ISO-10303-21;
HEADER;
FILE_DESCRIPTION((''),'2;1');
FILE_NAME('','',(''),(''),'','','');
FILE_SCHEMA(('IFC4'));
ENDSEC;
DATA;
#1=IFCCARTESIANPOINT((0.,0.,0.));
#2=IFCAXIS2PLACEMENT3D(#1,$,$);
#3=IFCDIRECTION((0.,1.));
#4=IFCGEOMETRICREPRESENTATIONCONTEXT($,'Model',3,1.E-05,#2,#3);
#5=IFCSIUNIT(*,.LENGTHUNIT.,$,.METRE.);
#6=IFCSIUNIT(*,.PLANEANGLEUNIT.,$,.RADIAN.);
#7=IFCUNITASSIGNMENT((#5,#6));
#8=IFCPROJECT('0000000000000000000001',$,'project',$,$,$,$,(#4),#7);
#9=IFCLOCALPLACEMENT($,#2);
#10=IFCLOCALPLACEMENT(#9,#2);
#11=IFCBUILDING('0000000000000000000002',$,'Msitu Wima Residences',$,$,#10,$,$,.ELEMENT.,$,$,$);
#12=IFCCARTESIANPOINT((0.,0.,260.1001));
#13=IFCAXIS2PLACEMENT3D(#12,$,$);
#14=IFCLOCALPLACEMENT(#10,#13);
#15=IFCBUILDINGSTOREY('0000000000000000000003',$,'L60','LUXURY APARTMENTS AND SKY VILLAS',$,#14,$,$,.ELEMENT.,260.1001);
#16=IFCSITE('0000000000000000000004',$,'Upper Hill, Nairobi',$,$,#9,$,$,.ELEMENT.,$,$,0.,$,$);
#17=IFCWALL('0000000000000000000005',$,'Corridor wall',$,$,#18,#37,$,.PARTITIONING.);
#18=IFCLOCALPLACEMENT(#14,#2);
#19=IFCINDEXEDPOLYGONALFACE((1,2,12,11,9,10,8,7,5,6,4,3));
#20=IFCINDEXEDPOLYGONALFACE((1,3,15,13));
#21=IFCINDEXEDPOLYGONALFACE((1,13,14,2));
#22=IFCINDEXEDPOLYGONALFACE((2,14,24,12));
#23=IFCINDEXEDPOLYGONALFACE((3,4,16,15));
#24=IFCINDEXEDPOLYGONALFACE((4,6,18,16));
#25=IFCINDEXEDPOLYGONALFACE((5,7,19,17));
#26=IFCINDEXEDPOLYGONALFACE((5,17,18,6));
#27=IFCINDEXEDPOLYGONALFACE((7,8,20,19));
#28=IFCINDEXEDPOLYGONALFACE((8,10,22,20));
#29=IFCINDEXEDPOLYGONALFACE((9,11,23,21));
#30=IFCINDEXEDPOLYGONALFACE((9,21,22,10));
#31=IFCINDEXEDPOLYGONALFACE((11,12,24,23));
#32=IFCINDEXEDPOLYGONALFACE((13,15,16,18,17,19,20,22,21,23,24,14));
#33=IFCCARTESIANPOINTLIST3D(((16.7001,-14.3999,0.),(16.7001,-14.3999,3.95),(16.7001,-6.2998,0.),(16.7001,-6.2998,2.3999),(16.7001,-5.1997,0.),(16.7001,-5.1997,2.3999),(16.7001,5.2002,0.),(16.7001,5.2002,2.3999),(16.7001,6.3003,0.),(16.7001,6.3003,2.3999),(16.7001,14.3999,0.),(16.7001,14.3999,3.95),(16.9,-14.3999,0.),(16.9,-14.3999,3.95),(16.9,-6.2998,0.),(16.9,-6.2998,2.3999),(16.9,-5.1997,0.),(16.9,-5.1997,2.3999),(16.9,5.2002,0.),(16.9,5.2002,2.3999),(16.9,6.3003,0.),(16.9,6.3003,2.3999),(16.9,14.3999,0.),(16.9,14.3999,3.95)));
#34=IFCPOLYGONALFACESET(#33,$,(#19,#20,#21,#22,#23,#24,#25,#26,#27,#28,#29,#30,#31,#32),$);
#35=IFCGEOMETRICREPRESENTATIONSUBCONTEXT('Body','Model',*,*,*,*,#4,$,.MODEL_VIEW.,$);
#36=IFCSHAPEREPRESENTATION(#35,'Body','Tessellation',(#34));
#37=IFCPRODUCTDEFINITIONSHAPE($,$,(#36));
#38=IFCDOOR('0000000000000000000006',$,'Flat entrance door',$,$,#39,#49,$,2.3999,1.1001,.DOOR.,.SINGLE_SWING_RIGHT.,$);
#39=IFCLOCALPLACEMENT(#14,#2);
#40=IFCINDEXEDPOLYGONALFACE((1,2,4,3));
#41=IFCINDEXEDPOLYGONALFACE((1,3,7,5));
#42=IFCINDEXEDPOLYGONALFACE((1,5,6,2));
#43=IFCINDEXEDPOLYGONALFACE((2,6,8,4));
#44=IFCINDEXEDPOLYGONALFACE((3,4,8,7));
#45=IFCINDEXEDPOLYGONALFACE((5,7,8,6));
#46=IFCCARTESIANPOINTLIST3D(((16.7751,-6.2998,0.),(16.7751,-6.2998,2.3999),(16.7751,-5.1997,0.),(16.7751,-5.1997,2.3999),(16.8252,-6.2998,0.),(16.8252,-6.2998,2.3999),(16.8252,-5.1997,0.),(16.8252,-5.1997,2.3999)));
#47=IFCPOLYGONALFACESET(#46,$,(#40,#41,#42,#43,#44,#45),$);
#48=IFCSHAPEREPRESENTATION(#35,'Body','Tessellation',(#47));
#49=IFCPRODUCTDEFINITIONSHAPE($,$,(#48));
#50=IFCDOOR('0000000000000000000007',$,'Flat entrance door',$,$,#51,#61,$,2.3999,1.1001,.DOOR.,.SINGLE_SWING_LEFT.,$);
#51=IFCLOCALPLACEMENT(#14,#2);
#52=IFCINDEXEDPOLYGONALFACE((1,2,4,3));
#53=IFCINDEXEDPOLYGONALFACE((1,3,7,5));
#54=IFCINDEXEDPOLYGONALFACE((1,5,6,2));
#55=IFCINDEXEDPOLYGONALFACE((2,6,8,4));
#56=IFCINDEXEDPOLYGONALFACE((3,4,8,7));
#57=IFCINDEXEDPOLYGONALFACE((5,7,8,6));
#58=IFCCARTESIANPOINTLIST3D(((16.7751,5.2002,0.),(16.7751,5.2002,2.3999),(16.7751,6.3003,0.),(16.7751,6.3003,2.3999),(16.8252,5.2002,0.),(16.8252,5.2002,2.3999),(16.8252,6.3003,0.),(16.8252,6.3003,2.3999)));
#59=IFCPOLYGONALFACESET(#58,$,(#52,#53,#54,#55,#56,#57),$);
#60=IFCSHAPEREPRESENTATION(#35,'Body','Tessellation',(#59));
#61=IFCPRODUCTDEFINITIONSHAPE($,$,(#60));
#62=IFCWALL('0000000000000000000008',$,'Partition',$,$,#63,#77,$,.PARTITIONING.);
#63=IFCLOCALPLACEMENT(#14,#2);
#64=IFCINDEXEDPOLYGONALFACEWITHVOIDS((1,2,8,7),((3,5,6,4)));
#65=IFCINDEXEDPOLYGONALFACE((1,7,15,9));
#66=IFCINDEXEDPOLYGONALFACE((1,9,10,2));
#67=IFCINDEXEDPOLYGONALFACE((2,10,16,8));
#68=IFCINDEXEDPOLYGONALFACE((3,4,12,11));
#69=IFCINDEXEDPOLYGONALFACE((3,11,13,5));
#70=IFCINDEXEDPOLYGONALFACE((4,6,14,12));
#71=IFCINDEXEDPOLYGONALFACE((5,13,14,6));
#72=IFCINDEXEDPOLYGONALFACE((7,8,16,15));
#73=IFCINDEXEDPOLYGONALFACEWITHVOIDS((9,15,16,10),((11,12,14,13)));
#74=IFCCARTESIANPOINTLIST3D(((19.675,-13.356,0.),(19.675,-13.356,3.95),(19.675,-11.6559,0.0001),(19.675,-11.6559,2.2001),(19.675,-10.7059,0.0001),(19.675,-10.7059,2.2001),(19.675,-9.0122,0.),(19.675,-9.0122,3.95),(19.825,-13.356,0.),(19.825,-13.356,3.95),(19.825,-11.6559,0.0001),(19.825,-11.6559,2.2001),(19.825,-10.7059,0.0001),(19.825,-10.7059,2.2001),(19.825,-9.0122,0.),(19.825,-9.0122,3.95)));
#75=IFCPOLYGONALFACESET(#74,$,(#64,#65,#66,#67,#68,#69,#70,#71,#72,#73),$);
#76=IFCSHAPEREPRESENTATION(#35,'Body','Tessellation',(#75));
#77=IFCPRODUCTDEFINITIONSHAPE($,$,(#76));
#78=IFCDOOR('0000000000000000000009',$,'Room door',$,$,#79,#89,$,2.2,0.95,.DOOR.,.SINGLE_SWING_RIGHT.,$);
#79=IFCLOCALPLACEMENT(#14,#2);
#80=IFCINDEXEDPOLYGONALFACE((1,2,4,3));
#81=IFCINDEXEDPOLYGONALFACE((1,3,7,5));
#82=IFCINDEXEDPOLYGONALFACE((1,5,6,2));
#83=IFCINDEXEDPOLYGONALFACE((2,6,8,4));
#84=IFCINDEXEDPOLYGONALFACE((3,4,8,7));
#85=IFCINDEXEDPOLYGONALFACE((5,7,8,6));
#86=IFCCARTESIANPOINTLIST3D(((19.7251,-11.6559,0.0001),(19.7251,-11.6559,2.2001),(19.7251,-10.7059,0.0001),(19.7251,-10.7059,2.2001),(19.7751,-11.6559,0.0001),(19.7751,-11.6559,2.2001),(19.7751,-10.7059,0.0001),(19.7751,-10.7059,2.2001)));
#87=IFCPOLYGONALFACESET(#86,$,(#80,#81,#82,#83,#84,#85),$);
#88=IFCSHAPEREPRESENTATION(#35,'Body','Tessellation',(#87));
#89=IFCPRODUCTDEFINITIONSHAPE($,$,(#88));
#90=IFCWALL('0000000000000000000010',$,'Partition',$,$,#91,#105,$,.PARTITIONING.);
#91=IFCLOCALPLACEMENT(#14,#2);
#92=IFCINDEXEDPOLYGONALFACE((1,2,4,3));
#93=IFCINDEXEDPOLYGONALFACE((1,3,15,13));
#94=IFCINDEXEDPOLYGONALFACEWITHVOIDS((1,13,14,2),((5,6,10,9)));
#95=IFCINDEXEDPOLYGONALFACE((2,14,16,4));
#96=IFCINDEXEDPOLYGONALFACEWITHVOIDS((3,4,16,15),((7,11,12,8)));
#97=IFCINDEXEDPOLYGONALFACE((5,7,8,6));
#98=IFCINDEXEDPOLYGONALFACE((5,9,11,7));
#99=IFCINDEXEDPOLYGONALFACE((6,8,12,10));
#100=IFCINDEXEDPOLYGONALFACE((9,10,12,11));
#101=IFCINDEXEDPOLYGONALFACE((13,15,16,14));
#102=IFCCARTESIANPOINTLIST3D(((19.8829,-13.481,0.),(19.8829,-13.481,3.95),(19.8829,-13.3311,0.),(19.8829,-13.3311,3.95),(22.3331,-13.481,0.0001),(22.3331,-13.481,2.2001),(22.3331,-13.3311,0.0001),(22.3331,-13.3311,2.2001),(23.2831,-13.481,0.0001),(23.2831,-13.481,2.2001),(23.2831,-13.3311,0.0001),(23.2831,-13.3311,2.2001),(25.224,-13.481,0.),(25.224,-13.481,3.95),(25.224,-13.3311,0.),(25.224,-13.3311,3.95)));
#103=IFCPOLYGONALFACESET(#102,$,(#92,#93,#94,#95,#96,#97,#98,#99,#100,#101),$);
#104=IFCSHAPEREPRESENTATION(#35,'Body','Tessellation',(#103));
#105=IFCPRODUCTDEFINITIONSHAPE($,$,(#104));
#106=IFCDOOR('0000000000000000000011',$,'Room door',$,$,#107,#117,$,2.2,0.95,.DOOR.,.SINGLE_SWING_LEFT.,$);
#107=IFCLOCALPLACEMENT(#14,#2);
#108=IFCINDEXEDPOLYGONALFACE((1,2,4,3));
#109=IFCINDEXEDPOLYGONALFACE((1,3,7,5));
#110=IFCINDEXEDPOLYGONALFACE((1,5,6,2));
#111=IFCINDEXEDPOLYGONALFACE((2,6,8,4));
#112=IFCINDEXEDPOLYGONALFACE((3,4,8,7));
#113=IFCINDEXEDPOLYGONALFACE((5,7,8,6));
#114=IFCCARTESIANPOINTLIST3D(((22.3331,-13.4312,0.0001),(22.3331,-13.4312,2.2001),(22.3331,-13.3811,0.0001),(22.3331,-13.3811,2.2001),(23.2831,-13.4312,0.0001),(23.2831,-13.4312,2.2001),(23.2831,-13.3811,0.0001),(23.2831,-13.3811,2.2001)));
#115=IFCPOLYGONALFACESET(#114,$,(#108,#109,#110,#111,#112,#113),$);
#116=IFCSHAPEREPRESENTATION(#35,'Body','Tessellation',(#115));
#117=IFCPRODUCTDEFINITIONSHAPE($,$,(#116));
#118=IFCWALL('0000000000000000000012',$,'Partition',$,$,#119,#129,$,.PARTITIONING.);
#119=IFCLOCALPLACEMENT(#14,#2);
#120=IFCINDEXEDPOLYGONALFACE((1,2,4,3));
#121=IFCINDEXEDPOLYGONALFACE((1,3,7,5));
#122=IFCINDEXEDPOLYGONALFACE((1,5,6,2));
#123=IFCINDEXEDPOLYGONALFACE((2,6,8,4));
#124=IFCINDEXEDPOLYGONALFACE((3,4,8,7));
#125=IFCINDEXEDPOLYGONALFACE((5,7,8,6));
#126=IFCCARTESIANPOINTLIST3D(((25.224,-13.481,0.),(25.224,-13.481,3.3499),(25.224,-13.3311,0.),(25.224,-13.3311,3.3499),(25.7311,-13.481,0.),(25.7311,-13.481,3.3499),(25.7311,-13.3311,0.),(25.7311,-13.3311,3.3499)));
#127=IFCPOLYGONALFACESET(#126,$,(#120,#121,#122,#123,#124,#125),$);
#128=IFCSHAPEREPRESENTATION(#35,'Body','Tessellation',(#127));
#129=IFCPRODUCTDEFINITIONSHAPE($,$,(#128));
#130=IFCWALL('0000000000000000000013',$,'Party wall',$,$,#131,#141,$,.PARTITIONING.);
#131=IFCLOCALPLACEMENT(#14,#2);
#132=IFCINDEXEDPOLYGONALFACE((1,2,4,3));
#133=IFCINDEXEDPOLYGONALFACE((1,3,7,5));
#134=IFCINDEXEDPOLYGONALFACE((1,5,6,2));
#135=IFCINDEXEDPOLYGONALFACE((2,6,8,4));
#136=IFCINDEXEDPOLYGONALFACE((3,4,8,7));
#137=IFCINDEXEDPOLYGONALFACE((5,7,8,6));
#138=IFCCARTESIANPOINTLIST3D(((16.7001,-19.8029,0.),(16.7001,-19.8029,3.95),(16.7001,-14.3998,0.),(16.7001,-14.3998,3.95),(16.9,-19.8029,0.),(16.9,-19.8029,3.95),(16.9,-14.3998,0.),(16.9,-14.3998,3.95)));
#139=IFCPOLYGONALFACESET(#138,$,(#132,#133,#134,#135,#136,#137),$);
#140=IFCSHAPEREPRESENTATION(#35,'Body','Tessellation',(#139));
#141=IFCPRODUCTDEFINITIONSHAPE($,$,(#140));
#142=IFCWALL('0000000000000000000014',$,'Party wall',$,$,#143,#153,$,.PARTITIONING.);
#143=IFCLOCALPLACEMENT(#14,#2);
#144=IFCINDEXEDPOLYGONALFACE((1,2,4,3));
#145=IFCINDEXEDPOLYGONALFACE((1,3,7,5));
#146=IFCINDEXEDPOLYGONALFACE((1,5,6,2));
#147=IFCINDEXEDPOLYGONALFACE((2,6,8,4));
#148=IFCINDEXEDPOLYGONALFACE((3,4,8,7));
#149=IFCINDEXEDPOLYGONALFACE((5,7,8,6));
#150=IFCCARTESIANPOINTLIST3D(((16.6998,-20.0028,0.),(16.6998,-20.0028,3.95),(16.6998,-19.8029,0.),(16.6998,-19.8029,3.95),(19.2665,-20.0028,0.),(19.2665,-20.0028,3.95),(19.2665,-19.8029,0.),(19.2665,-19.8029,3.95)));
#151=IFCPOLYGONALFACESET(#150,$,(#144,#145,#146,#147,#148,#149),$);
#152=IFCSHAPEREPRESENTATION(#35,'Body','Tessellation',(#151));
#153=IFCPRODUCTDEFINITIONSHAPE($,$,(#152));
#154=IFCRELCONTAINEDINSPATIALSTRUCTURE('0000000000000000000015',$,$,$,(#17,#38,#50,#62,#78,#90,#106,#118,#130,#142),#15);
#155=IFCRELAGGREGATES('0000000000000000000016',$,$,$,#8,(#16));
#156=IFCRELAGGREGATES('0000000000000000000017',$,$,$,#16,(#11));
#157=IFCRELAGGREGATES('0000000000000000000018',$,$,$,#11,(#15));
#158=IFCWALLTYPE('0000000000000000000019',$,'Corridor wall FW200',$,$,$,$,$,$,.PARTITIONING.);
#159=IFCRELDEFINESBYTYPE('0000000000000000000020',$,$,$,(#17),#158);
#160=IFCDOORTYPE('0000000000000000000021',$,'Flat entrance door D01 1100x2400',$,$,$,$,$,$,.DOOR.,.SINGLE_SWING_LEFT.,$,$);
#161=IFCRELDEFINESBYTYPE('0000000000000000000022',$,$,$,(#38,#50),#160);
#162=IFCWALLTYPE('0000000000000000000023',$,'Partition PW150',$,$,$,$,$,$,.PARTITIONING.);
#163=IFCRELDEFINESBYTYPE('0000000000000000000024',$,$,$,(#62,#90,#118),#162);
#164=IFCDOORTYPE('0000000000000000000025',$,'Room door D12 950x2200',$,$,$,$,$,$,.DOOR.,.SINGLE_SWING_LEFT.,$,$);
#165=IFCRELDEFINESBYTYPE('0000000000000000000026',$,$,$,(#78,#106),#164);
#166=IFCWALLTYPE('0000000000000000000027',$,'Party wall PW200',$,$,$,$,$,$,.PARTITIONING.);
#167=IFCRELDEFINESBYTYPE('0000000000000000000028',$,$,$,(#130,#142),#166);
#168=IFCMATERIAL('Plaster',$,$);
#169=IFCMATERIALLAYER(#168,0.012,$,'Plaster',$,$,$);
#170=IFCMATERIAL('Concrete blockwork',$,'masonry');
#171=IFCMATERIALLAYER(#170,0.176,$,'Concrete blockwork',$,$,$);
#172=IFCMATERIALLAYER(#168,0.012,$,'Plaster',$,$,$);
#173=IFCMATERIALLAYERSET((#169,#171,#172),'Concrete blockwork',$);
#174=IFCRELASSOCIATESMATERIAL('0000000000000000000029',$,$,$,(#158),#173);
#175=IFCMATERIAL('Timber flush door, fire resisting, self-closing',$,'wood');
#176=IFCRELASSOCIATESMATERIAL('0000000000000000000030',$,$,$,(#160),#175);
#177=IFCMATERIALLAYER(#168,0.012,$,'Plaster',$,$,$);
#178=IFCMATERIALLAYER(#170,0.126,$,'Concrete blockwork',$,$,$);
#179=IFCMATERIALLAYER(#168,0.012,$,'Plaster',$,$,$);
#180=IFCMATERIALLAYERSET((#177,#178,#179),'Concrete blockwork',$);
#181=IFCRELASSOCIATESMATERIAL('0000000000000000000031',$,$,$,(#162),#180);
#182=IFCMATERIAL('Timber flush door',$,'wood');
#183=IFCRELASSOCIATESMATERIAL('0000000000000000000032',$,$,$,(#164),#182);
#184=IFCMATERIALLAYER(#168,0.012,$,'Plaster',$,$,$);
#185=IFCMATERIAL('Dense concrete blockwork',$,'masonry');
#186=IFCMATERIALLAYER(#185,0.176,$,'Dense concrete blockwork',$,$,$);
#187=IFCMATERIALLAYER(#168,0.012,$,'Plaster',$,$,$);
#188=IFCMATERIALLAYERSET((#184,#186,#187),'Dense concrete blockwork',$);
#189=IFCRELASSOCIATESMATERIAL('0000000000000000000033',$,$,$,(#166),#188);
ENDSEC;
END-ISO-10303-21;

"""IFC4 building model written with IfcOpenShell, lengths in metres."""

from ifc_helpers import new_model, si_unit, direction, frame, frame_2d, origin, place, context, subcontext, project, spatial, rectangle, extrude, material, layer, layer_set, type_object, element, fill, save


model = new_model("IFC4")

# Units and contexts
model_context = context("Model", 3, precision=1e-05, world=origin(), true_north=direction((0.0, 1.0)))
body_context = subcontext(model_context, "Body", "Model", "MODEL_VIEW")
ifc_project = project(units=[si_unit("LENGTHUNIT", "METRE"), si_unit("PLANEANGLEUNIT", "RADIAN")], contexts=[model_context])

# Site, building, storey
site_placement = place(None, origin())
site = spatial("IfcSite", under=ifc_project, at=site_placement, Name="Upper Hill, Nairobi", CompositionType="ELEMENT", RefElevation=0.0)
building_placement = place(site_placement, origin())
building = spatial("IfcBuilding", under=site, at=building_placement, Name="Msitu Wima Residences", CompositionType="ELEMENT")
storey_placement = place(building_placement, frame((0.0, 0.0, 260.1001)))
storey = spatial("IfcBuildingStorey", under=building, at=storey_placement, Name="L60", Description="LUXURY APARTMENTS AND SKY VILLAS", CompositionType="ELEMENT", Elevation=260.1001)

# Shared definitions
ifc_material_1 = material(Name="Plaster")
ifc_layer_1 = layer(ifc_material_1, 0.012, Name="Plaster")
ifc_material_2 = material(Name="Concrete blockwork", Category="masonry")
ifc_layer_2 = layer(ifc_material_2, 0.176, Name="Concrete blockwork")
ifc_layer_3 = layer(ifc_material_1, 0.012, Name="Plaster")
ifc_layer_set_1 = layer_set([ifc_layer_1, ifc_layer_2, ifc_layer_3], Name="Concrete blockwork")
wall_type_1 = type_object("IfcWallType", Name="Corridor wall FW200", PredefinedType="PARTITIONING", material=ifc_layer_set_1)

# Shared definitions
ifc_material_3 = material(Name="Timber flush door, fire resisting, self-closing", Category="wood")
door_type_1 = type_object("IfcDoorType", Name="Flat entrance door D01 1100x2400", OperationType="SINGLE_SWING_LEFT", PredefinedType="DOOR", material=ifc_material_3)

# Wall, openings, doors
wall_1_placement = place(storey_placement, frame((16.8, -14.3999, 0.0), z_axis=(0.0, 0.0, 1.0), x_axis=(0.0, 1.0, 0.0)))
wall_1 = element("IfcWall", 1, at=wall_1_placement, inside=storey, type_object=wall_type_1, Name="Corridor wall", PredefinedType="PARTITIONING", context=body_context, shape_type="SweptSolid", body=[
    extrude(rectangle(XDim=28.7998, YDim=0.2, at=frame_2d((14.3999, 0.0))), origin(), (0.0, 0.0, 1.0), 3.95),
])
opening_1_placement = place(wall_1_placement, frame((8.1001, 0.0, 0.0)))
opening_1 = element("IfcOpeningElement", 2, at=opening_1_placement, cuts=wall_1, PredefinedType="OPENING", context=body_context, shape_type="SweptSolid", body=[
    extrude(rectangle(XDim=1.1001, YDim=2.3999, at=frame_2d((0.55, 1.2))), frame((0.0, 0.1099, 0.0), z_axis=(0.0, -1.0, 0.0), x_axis=(1.0, 0.0, 0.0)), (0.0, 0.0, 1.0), 0.22),
])
opening_2_placement = place(wall_1_placement, frame((19.6001, 0.0, 0.0)))
opening_2 = element("IfcOpeningElement", 3, at=opening_2_placement, cuts=wall_1, PredefinedType="OPENING", context=body_context, shape_type="SweptSolid", body=[
    extrude(rectangle(XDim=1.1001, YDim=2.3999, at=frame_2d((0.55, 1.2))), frame((0.0, 0.1099, 0.0), z_axis=(0.0, -1.0, 0.0), x_axis=(1.0, 0.0, 0.0)), (0.0, 0.0, 1.0), 0.22),
])
door_1_placement = place(opening_1_placement, origin())
door_1 = element("IfcDoor", 4, at=door_1_placement, inside=storey, type_object=door_type_1, Name="Flat entrance door", OperationType="SINGLE_SWING_RIGHT", OverallHeight=2.3999, OverallWidth=1.1001, PredefinedType="DOOR", context=body_context, shape_type="SweptSolid", body=[
    extrude(rectangle(XDim=1.1001, YDim=2.3999, at=frame_2d((0.55, 1.2))), frame((0.0, 0.0249, 0.0), z_axis=(0.0, -1.0, 0.0), x_axis=(1.0, 0.0, 0.0)), (0.0, 0.0, 1.0), 0.05),
])
fill(opening_1, door_1)
door_2_placement = place(opening_2_placement, origin())
door_2 = element("IfcDoor", 5, at=door_2_placement, inside=storey, type_object=door_type_1, Name="Flat entrance door", OperationType="SINGLE_SWING_LEFT", OverallHeight=2.3999, OverallWidth=1.1001, PredefinedType="DOOR", context=body_context, shape_type="SweptSolid", body=[
    extrude(rectangle(XDim=1.1001, YDim=2.3999, at=frame_2d((0.55, 1.2))), frame((0.0, 0.0249, 0.0), z_axis=(0.0, -1.0, 0.0), x_axis=(1.0, 0.0, 0.0)), (0.0, 0.0, 1.0), 0.05),
])
fill(opening_2, door_2)

# Walls, openings, doors
ifc_layer_4 = layer(ifc_material_1, 0.012, Name="Plaster")
ifc_layer_5 = layer(ifc_material_2, 0.126, Name="Concrete blockwork")
ifc_layer_6 = layer(ifc_material_1, 0.012, Name="Plaster")
ifc_layer_set_2 = layer_set([ifc_layer_4, ifc_layer_5, ifc_layer_6], Name="Concrete blockwork")
wall_type_2 = type_object("IfcWallType", Name="Partition PW150", PredefinedType="PARTITIONING", material=ifc_layer_set_2)
wall_2_placement = place(storey_placement, frame((19.75, -13.356, 0.0), z_axis=(0.0, 0.0, 1.0), x_axis=(0.0, 1.0, 0.0)))
wall_2 = element("IfcWall", 6, at=wall_2_placement, inside=storey, type_object=wall_type_2, Name="Partition", PredefinedType="PARTITIONING", context=body_context, shape_type="SweptSolid", body=[
    extrude(rectangle(XDim=4.3438, YDim=0.1499, at=frame_2d((2.1719, 0.0))), origin(), (0.0, 0.0, 1.0), 3.95),
])
opening_3_placement = place(wall_2_placement, frame((1.7, 0.0, 0.0)))
opening_3 = element("IfcOpeningElement", 7, at=opening_3_placement, cuts=wall_2, PredefinedType="OPENING", context=body_context, shape_type="SweptSolid", body=[
    extrude(rectangle(XDim=0.95, YDim=2.2, at=frame_2d((0.4751, 1.1001))), frame((0.0, 0.085, 0.0), z_axis=(0.0, -1.0, 0.0), x_axis=(1.0, 0.0, 0.0)), (0.0, 0.0, 1.0), 0.1699),
])
ifc_material_4 = material(Name="Timber flush door", Category="wood")
door_type_2 = type_object("IfcDoorType", Name="Room door D12 950x2200", OperationType="SINGLE_SWING_LEFT", PredefinedType="DOOR", material=ifc_material_4)
door_3_placement = place(opening_3_placement, origin())
door_3 = element("IfcDoor", 8, at=door_3_placement, inside=storey, type_object=door_type_2, Name="Room door", OperationType="SINGLE_SWING_RIGHT", OverallHeight=2.2, OverallWidth=0.95, PredefinedType="DOOR", context=body_context, shape_type="SweptSolid", body=[
    extrude(rectangle(XDim=0.95, YDim=2.2, at=frame_2d((0.4751, 1.1001))), frame((0.0, 0.0249, 0.0), z_axis=(0.0, -1.0, 0.0), x_axis=(1.0, 0.0, 0.0)), (0.0, 0.0, 1.0), 0.05),
])
fill(opening_3, door_3)
wall_3_placement = place(storey_placement, frame((19.8831, -13.406, 0.0), z_axis=(0.0, 0.0, 1.0), x_axis=(1.0, 0.0, 0.0)))
wall_3 = element("IfcWall", 9, at=wall_3_placement, inside=storey, type_object=wall_type_2, Name="Partition", PredefinedType="PARTITIONING", context=body_context, shape_type="SweptSolid", body=[
    extrude(rectangle(XDim=5.3411, YDim=0.1499, at=frame_2d((2.6704, 0.0))), origin(), (0.0, 0.0, 1.0), 3.95),
])
opening_4_placement = place(wall_3_placement, frame((2.45, 0.0, 0.0)))
opening_4 = element("IfcOpeningElement", 10, at=opening_4_placement, cuts=wall_3, PredefinedType="OPENING", context=body_context, shape_type="SweptSolid", body=[
    extrude(rectangle(XDim=0.95, YDim=2.2, at=frame_2d((0.4751, 1.1001))), frame((0.0, 0.085, 0.0), z_axis=(0.0, -1.0, 0.0), x_axis=(1.0, 0.0, 0.0)), (0.0, 0.0, 1.0), 0.1699),
])
door_4_placement = place(opening_4_placement, origin())
door_4 = element("IfcDoor", 11, at=door_4_placement, inside=storey, type_object=door_type_2, Name="Room door", OperationType="SINGLE_SWING_LEFT", OverallHeight=2.2, OverallWidth=0.95, PredefinedType="DOOR", context=body_context, shape_type="SweptSolid", body=[
    extrude(rectangle(XDim=0.95, YDim=2.2, at=frame_2d((0.4751, 1.1001))), frame((0.0, 0.0249, 0.0), z_axis=(0.0, -1.0, 0.0), x_axis=(1.0, 0.0, 0.0)), (0.0, 0.0, 1.0), 0.05),
])
fill(opening_4, door_4)

# Walls
wall_4_placement = place(storey_placement, frame((25.2241, -13.406, 0.0), z_axis=(0.0, 0.0, 1.0), x_axis=(1.0, 0.0, 0.0)))
element("IfcWall", 12, at=wall_4_placement, inside=storey, type_object=wall_type_2, Name="Partition", PredefinedType="PARTITIONING", context=body_context, shape_type="SweptSolid", body=[
    extrude(rectangle(XDim=0.5071, YDim=0.1499, at=frame_2d((0.2534, 0.0))), origin(), (0.0, 0.0, 1.0), 3.3499),
])
ifc_layer_7 = layer(ifc_material_1, 0.012, Name="Plaster")
ifc_material_5 = material(Name="Dense concrete blockwork", Category="masonry")
ifc_layer_8 = layer(ifc_material_5, 0.176, Name="Dense concrete blockwork")
ifc_layer_9 = layer(ifc_material_1, 0.012, Name="Plaster")
ifc_layer_set_3 = layer_set([ifc_layer_7, ifc_layer_8, ifc_layer_9], Name="Dense concrete blockwork")
wall_type_3 = type_object("IfcWallType", Name="Party wall PW200", PredefinedType="PARTITIONING", material=ifc_layer_set_3)
wall_5_placement = place(storey_placement, frame((16.8, -19.803, 0.0), z_axis=(0.0, 0.0, 1.0), x_axis=(0.0, 1.0, 0.0)))
element("IfcWall", 13, at=wall_5_placement, inside=storey, type_object=wall_type_3, Name="Party wall", PredefinedType="PARTITIONING", context=body_context, shape_type="SweptSolid", body=[
    extrude(rectangle(XDim=5.4031, YDim=0.2, at=frame_2d((2.7017, 0.0))), origin(), (0.0, 0.0, 1.0), 3.95),
])
wall_6_placement = place(storey_placement, frame((16.7, -19.9028, 0.0), z_axis=(0.0, 0.0, 1.0), x_axis=(1.0, 0.0, 0.0)))
element("IfcWall", 14, at=wall_6_placement, inside=storey, type_object=wall_type_3, Name="Party wall", PredefinedType="PARTITIONING", context=body_context, shape_type="SweptSolid", body=[
    extrude(rectangle(XDim=2.5667, YDim=0.2, at=frame_2d((1.2832, 0.0))), origin(), (0.0, 0.0, 1.0), 3.95),
])

save(model, "model.ifc")
